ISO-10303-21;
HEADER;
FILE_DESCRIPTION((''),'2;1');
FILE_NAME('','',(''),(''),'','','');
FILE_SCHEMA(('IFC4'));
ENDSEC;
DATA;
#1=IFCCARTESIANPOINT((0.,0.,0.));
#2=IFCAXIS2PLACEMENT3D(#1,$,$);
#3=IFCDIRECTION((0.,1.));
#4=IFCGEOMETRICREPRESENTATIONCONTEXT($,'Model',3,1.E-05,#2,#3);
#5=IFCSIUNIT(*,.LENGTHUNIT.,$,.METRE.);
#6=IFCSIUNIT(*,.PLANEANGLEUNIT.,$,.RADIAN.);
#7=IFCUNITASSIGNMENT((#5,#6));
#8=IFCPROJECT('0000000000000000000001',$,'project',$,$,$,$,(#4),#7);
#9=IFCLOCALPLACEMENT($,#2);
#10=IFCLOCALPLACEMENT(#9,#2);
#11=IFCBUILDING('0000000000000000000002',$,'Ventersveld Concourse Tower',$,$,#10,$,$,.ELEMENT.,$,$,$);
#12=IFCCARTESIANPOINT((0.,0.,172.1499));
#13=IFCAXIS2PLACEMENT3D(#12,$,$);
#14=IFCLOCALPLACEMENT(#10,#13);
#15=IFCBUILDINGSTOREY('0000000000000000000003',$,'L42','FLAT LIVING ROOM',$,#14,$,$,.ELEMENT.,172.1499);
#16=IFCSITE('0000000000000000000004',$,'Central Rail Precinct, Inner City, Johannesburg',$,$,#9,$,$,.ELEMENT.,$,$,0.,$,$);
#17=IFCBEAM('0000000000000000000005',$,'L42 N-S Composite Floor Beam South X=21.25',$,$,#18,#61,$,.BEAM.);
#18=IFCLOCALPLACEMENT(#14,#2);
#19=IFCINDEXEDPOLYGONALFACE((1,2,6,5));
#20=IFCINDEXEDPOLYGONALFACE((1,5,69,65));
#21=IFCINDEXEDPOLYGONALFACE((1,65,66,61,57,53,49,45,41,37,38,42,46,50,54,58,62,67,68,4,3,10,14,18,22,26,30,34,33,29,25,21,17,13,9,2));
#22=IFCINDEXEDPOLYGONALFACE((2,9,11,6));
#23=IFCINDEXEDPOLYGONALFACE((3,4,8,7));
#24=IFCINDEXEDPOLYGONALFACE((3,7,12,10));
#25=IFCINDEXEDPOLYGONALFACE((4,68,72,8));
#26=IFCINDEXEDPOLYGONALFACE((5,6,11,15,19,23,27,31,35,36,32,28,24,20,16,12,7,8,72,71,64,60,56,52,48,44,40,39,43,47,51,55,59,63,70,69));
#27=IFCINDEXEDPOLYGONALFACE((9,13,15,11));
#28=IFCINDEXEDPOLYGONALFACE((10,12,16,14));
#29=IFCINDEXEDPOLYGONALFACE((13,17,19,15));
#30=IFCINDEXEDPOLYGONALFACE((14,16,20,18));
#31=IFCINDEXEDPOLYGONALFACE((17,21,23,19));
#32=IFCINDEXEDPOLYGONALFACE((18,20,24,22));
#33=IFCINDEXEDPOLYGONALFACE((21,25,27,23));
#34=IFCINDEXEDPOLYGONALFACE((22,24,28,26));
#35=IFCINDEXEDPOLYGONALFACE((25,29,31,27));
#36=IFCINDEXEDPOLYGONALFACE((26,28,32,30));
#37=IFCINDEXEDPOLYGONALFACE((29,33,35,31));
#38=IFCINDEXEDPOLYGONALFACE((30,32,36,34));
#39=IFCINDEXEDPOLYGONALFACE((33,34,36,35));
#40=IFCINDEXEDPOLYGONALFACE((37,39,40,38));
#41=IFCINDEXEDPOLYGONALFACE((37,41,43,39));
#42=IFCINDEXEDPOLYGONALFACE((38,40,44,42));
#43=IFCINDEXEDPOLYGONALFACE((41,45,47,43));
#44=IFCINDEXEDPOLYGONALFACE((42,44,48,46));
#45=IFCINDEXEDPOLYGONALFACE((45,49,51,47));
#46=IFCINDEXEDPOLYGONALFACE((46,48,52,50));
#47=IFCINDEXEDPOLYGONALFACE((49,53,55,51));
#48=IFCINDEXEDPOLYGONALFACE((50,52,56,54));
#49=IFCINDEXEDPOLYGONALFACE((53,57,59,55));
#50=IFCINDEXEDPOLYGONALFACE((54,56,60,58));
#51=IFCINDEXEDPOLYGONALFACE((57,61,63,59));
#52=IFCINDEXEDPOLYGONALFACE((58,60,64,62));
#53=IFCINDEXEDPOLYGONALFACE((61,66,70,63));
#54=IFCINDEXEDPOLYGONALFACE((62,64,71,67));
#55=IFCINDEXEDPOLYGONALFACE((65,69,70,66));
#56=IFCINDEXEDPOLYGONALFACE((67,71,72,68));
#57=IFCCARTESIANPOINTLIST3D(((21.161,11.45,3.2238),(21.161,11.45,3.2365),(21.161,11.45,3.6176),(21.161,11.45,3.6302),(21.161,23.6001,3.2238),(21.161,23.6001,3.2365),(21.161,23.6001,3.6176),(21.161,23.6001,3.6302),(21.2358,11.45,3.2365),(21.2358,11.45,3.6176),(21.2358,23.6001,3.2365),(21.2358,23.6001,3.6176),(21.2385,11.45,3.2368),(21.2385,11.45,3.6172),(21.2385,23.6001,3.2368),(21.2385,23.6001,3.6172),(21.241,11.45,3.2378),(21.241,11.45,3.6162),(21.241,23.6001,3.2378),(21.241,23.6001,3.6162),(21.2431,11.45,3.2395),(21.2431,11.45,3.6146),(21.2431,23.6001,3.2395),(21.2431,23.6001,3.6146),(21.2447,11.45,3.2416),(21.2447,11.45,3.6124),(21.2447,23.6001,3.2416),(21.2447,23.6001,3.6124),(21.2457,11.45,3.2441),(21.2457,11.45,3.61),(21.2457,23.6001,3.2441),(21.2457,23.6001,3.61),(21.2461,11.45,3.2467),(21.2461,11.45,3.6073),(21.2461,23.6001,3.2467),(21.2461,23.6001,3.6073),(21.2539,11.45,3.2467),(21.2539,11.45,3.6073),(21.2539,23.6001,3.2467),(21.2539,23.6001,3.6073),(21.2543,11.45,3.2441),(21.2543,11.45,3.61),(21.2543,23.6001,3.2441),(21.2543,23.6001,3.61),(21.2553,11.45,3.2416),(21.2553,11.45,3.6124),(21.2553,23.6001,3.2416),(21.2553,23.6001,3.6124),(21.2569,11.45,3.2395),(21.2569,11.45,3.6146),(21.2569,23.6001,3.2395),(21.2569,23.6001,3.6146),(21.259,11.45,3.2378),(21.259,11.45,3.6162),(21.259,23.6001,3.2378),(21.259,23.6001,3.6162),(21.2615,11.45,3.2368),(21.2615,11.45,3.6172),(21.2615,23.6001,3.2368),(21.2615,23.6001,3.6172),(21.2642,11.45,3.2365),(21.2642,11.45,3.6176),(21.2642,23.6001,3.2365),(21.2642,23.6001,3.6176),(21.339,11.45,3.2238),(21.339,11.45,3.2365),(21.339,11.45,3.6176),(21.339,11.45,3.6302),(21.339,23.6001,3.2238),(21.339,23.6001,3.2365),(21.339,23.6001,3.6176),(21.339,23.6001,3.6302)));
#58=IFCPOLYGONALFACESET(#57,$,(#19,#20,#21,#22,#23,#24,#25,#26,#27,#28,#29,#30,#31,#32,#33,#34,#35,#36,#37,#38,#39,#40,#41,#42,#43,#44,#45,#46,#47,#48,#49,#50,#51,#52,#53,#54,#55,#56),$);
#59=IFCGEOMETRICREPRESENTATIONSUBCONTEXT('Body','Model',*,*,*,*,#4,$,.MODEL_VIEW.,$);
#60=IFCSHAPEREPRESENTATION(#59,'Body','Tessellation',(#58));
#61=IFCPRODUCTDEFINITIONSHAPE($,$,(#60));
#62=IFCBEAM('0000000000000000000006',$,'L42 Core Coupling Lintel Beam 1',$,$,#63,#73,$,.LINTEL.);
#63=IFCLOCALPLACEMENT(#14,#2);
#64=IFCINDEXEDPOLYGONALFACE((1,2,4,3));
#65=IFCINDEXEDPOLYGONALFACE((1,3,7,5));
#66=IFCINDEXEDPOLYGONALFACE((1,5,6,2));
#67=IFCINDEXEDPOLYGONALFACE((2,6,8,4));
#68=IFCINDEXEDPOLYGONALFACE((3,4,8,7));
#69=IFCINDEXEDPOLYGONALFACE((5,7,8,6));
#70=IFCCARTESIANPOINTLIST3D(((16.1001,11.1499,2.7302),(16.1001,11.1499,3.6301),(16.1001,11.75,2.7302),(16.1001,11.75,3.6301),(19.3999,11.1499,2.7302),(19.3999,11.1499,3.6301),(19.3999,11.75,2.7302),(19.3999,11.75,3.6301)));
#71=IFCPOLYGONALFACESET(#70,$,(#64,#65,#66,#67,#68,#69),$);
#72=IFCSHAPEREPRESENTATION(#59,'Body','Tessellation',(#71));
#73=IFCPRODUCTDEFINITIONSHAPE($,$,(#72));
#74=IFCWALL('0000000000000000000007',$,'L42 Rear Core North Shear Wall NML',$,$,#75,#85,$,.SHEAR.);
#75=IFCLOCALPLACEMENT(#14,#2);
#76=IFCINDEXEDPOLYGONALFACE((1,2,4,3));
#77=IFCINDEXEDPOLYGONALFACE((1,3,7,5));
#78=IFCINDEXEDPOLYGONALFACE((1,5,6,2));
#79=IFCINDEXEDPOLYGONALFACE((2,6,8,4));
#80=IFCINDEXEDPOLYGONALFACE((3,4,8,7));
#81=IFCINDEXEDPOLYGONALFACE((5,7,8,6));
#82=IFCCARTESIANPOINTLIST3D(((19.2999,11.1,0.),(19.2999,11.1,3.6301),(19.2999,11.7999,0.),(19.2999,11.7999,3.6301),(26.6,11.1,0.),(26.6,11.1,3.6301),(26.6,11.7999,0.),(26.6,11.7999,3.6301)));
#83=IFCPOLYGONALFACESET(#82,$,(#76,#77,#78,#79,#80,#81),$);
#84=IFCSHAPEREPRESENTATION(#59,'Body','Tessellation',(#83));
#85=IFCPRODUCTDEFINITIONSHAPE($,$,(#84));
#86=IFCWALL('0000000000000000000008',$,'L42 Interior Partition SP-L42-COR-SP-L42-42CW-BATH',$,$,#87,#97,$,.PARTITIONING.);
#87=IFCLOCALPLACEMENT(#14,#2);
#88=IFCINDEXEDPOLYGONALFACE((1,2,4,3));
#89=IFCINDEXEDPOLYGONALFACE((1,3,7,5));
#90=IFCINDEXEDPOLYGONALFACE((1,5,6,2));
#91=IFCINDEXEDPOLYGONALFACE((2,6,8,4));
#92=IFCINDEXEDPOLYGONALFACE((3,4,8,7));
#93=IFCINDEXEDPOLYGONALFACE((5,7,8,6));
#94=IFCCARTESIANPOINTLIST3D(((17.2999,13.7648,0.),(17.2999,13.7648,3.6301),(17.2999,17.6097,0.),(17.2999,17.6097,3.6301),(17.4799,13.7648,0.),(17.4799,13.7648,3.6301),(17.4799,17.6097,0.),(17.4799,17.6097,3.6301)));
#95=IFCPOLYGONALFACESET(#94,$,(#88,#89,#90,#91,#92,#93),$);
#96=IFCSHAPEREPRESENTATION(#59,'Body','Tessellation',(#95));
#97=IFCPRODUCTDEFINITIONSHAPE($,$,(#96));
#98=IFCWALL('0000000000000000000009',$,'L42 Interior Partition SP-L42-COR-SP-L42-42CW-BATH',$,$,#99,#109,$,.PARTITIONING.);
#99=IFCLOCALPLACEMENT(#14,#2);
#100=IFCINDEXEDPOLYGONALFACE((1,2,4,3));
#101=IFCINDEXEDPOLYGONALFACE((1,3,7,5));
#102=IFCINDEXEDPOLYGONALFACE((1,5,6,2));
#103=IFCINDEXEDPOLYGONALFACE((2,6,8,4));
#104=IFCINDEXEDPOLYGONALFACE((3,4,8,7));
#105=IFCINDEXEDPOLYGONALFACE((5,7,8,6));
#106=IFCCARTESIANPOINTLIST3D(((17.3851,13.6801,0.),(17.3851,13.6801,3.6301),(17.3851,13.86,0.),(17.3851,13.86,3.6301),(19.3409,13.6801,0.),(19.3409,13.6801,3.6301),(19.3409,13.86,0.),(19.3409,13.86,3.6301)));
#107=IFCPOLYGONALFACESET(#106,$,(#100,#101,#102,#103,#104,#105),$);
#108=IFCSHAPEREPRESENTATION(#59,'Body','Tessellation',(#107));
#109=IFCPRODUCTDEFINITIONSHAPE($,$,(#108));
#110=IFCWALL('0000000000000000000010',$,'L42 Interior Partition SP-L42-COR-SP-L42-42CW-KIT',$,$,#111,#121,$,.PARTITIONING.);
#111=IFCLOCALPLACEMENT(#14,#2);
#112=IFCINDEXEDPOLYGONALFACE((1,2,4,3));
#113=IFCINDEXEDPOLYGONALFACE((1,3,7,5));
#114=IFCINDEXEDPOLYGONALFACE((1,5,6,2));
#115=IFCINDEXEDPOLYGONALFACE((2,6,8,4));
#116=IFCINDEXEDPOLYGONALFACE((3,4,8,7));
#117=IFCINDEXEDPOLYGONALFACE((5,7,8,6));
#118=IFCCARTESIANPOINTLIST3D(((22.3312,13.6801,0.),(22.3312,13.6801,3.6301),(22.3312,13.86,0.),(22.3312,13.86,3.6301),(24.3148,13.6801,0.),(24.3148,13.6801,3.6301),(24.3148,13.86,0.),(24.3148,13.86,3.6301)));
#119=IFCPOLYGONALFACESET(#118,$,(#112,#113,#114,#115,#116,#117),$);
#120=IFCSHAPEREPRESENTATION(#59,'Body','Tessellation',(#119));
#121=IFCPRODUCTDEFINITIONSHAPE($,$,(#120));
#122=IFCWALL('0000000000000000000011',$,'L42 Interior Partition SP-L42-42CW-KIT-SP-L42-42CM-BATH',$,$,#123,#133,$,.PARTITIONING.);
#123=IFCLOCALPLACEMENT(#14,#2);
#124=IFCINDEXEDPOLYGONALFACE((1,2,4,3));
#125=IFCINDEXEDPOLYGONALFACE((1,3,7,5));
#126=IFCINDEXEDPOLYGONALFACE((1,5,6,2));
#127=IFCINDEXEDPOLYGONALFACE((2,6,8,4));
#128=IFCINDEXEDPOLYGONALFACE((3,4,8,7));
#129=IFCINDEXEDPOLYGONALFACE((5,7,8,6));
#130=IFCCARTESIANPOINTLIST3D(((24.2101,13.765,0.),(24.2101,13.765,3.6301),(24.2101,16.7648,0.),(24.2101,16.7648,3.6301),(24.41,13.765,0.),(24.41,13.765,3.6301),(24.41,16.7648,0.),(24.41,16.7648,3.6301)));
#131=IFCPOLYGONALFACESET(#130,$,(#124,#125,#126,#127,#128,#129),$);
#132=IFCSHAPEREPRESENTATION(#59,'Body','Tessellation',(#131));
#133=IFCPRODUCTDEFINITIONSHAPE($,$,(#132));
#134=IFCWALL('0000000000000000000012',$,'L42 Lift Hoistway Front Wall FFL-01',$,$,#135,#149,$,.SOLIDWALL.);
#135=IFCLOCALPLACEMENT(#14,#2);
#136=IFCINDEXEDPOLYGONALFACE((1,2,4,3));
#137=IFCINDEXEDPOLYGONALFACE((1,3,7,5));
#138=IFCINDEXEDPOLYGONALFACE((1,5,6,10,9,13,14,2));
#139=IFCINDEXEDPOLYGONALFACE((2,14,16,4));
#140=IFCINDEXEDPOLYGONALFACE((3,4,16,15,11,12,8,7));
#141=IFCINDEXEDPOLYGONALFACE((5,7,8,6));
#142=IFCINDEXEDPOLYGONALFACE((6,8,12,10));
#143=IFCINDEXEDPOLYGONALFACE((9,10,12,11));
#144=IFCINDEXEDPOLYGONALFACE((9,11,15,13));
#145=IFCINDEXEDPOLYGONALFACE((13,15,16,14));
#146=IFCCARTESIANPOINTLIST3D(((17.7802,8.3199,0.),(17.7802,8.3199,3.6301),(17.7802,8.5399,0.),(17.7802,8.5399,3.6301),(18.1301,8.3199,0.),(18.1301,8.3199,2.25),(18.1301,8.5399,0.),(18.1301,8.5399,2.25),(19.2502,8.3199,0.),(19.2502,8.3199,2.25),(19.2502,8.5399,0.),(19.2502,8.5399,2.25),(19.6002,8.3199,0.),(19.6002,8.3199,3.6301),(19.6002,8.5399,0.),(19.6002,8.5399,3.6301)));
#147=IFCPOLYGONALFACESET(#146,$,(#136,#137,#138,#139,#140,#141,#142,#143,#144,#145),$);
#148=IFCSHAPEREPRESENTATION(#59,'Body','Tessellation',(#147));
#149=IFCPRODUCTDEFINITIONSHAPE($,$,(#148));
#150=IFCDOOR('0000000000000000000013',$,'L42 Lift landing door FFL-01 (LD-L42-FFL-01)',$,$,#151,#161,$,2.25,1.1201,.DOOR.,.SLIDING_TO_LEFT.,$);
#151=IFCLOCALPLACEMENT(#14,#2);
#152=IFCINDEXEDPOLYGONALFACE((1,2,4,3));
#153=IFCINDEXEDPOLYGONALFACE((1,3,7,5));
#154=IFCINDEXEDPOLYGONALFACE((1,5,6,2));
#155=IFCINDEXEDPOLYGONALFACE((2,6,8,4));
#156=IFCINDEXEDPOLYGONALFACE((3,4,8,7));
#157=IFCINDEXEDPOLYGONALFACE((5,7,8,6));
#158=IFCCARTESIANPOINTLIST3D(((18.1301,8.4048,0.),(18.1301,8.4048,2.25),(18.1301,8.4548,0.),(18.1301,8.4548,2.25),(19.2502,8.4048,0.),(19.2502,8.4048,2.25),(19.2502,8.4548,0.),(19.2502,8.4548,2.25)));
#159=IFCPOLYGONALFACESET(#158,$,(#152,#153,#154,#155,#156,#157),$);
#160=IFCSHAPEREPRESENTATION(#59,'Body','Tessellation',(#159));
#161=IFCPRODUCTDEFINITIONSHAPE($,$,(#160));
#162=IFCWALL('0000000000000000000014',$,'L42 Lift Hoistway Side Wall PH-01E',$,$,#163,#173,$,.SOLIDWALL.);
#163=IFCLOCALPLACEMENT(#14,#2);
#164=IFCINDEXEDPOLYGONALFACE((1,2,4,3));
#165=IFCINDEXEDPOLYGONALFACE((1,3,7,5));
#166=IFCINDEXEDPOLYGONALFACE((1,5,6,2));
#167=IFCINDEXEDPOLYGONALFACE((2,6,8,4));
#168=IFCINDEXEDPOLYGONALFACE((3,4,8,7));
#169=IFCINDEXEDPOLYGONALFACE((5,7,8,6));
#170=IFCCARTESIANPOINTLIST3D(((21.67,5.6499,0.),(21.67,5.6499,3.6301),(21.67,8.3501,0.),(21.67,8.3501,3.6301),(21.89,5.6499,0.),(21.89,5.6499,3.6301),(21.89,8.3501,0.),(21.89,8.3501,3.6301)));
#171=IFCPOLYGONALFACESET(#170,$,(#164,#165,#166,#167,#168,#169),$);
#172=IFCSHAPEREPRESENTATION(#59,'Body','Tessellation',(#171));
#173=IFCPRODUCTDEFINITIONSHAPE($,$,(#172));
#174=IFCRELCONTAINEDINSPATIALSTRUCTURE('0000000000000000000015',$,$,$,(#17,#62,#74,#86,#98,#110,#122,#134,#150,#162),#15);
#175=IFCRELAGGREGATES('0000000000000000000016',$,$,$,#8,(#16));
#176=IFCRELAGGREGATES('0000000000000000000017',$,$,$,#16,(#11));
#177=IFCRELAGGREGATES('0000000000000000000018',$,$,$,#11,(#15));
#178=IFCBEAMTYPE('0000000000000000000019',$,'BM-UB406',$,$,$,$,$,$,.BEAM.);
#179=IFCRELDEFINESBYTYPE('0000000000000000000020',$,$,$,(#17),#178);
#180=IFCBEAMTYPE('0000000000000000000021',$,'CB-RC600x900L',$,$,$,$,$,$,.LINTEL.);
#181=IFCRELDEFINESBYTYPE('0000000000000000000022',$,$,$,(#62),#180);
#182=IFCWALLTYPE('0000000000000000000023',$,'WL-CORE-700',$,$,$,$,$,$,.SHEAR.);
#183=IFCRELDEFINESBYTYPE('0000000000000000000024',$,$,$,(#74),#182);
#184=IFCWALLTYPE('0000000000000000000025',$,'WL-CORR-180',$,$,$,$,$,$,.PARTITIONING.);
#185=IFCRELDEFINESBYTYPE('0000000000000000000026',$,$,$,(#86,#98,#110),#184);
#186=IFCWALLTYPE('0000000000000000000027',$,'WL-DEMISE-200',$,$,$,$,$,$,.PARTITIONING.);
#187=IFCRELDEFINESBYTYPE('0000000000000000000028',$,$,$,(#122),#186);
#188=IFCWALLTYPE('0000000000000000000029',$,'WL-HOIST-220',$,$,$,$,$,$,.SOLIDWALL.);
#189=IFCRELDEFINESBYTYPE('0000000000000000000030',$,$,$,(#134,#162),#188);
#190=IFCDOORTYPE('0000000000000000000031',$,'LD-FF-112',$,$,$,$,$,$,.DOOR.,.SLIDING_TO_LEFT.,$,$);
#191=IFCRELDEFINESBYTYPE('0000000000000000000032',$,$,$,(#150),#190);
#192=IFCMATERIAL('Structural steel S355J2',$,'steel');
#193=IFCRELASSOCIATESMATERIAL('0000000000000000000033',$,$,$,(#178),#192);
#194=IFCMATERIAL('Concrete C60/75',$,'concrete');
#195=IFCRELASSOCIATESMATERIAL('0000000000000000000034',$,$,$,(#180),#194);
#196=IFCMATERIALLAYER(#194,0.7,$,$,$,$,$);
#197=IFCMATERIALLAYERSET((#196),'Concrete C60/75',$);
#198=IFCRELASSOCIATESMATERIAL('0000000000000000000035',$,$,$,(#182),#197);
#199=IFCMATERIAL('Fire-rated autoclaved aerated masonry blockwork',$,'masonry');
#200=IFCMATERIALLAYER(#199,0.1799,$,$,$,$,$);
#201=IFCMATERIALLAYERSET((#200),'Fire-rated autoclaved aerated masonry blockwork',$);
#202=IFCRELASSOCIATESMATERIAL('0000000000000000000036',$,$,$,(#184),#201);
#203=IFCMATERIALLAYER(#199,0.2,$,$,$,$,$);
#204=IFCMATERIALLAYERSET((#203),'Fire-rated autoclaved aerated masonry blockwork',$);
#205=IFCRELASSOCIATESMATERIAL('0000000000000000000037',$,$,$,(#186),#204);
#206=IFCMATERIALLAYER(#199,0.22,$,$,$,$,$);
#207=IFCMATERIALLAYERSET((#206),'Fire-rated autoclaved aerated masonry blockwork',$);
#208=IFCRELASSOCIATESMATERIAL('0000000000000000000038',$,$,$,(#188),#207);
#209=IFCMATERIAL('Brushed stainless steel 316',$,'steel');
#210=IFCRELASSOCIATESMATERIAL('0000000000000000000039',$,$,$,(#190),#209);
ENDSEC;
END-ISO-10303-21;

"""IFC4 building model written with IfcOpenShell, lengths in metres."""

from ifc_helpers import new_model, si_unit, direction, frame, frame_2d, origin, origin_2d, place, context, subcontext, project, spatial, rectangle, i_section, extrude, material, layer, layer_set, material_profile, profile_set, type_object, element, fill, save


model = new_model("IFC4")

# Units and contexts
model_context = context("Model", 3, precision=1e-05, world=origin(), true_north=direction((0.0, 1.0)))
body_context = subcontext(model_context, "Body", "Model", "MODEL_VIEW")
ifc_project = project(units=[si_unit("LENGTHUNIT", "METRE"), si_unit("PLANEANGLEUNIT", "RADIAN")], contexts=[model_context])

# Site, building, storey
site_placement = place(None, origin())
site = spatial("IfcSite", under=ifc_project, at=site_placement, Name="Central Rail Precinct, Inner City, Johannesburg", CompositionType="ELEMENT", RefElevation=0.0)
building_placement = place(site_placement, origin())
building = spatial("IfcBuilding", under=site, at=building_placement, Name="Ventersveld Concourse Tower", CompositionType="ELEMENT")
storey_placement = place(building_placement, frame((0.0, 0.0, 172.1499)))
storey = spatial("IfcBuildingStorey", under=building, at=storey_placement, Name="L42", Description="FLAT LIVING ROOM", CompositionType="ELEMENT", Elevation=172.1499)

# Beams
ifc_material_1 = material(Name="Structural steel S355J2", Category="steel")
ifc_material_profile_1 = material_profile(ifc_material_1, i_section(OverallWidth=0.178, OverallDepth=0.4065, WebThickness=0.0078, FlangeThickness=0.0127, FilletRadius=0.0103, at=origin_2d()), Name="UB 406x178x60")
ifc_profile_set_1 = profile_set([ifc_material_profile_1], Name="Structural steel S355J2")
beam_type_1 = type_object("IfcBeamType", Name="BM-UB406", PredefinedType="BEAM", material=ifc_profile_set_1)
beam_1_placement = place(storey_placement, frame((21.25, 11.45, 3.427), z_axis=(0.0, 1.0, 0.0), x_axis=(-1.0, 0.0, 0.0)))
element("IfcBeam", 1, at=beam_1_placement, inside=storey, type_object=beam_type_1, Name="L42 N-S Composite Floor Beam South X=21.25", PredefinedType="BEAM", context=body_context, shape_type="SweptSolid", body=[
    extrude(i_section(OverallWidth=0.178, OverallDepth=0.4065, WebThickness=0.0078, FlangeThickness=0.0127, FilletRadius=0.0103, at=origin_2d()), origin(), (0.0, 0.0, 1.0), 12.1501),
])
ifc_material_2 = material(Name="Concrete C60/75", Category="concrete")
ifc_material_profile_2 = material_profile(ifc_material_2, rectangle(XDim=0.6001, YDim=0.8999, at=origin_2d()), Name="RC 600x900")
ifc_profile_set_2 = profile_set([ifc_material_profile_2], Name="Concrete C60/75")
beam_type_2 = type_object("IfcBeamType", Name="CB-RC600x900L", PredefinedType="LINTEL", material=ifc_profile_set_2)
beam_2_placement = place(storey_placement, frame((16.1001, 11.45, 3.1802), z_axis=(1.0, 0.0, 0.0), x_axis=(0.0, 1.0, 0.0)))
element("IfcBeam", 2, at=beam_2_placement, inside=storey, type_object=beam_type_2, Name="L42 Core Coupling Lintel Beam 1", PredefinedType="LINTEL", context=body_context, shape_type="SweptSolid", body=[
    extrude(rectangle(XDim=0.6001, YDim=0.8999, at=origin_2d()), origin(), (0.0, 0.0, 1.0), 3.2998),
])

# Wall
ifc_layer_1 = layer(ifc_material_2, 0.7)
ifc_layer_set_1 = layer_set([ifc_layer_1], Name="Concrete C60/75")
wall_type_1 = type_object("IfcWallType", Name="WL-CORE-700", PredefinedType="SHEAR", material=ifc_layer_set_1)
wall_1_placement = place(storey_placement, frame((19.3, 11.45, 0.0), z_axis=(0.0, 0.0, 1.0), x_axis=(1.0, 0.0, 0.0)))
element("IfcWall", 3, at=wall_1_placement, inside=storey, type_object=wall_type_1, Name="L42 Rear Core North Shear Wall NML", PredefinedType="SHEAR", context=body_context, shape_type="SweptSolid", body=[
    extrude(rectangle(XDim=7.3, YDim=0.7, at=frame_2d((3.6499, 0.0))), origin(), (0.0, 0.0, 1.0), 3.6301),
])

# Shared definitions
ifc_material_3 = material(Name="Fire-rated autoclaved aerated masonry blockwork", Category="masonry")
ifc_layer_2 = layer(ifc_material_3, 0.1799)
ifc_layer_set_2 = layer_set([ifc_layer_2], Name="Fire-rated autoclaved aerated masonry blockwork")
wall_type_2 = type_object("IfcWallType", Name="WL-CORR-180", PredefinedType="PARTITIONING", material=ifc_layer_set_2)

# Walls
wall_2_placement = place(storey_placement, frame((17.3899, 13.7649, 0.0), z_axis=(0.0, 0.0, 1.0), x_axis=(0.0, 1.0, 0.0)))
element("IfcWall", 4, at=wall_2_placement, inside=storey, type_object=wall_type_2, Name="L42 Interior Partition SP-L42-COR-SP-L42-42CW-BATH", PredefinedType="PARTITIONING", context=body_context, shape_type="SweptSolid", body=[
    extrude(rectangle(XDim=3.845, YDim=0.1799, at=frame_2d((1.9224, 0.0))), origin(), (0.0, 0.0, 1.0), 3.6301),
])
wall_3_placement = place(storey_placement, frame((17.385, 13.77, 0.0), z_axis=(0.0, 0.0, 1.0), x_axis=(1.0, 0.0, 0.0)))
element("IfcWall", 5, at=wall_3_placement, inside=storey, type_object=wall_type_2, Name="L42 Interior Partition SP-L42-COR-SP-L42-42CW-BATH", PredefinedType="PARTITIONING", context=body_context, shape_type="SweptSolid", body=[
    extrude(rectangle(XDim=1.9558, YDim=0.1799, at=frame_2d((0.978, 0.0))), origin(), (0.0, 0.0, 1.0), 3.6301),
])
wall_4_placement = place(storey_placement, frame((22.3313, 13.77, 0.0), z_axis=(0.0, 0.0, 1.0), x_axis=(1.0, 0.0, 0.0)))
element("IfcWall", 6, at=wall_4_placement, inside=storey, type_object=wall_type_2, Name="L42 Interior Partition SP-L42-COR-SP-L42-42CW-KIT", PredefinedType="PARTITIONING", context=body_context, shape_type="SweptSolid", body=[
    extrude(rectangle(XDim=1.9836, YDim=0.1799, at=frame_2d((0.9917, 0.0))), origin(), (0.0, 0.0, 1.0), 3.6301),
])
ifc_layer_3 = layer(ifc_material_3, 0.2)
ifc_layer_set_3 = layer_set([ifc_layer_3], Name="Fire-rated autoclaved aerated masonry blockwork")
wall_type_3 = type_object("IfcWallType", Name="WL-DEMISE-200", PredefinedType="PARTITIONING", material=ifc_layer_set_3)
wall_5_placement = place(storey_placement, frame((24.3101, 13.7649, 0.0), z_axis=(0.0, 0.0, 1.0), x_axis=(0.0, 1.0, 0.0)))
element("IfcWall", 7, at=wall_5_placement, inside=storey, type_object=wall_type_3, Name="L42 Interior Partition SP-L42-42CW-KIT-SP-L42-42CM-BATH", PredefinedType="PARTITIONING", context=body_context, shape_type="SweptSolid", body=[
    extrude(rectangle(XDim=2.9998, YDim=0.2, at=frame_2d((1.5, 0.0))), origin(), (0.0, 0.0, 1.0), 3.6301),
])

# Wall, opening, door
ifc_layer_4 = layer(ifc_material_3, 0.22)
ifc_layer_set_4 = layer_set([ifc_layer_4], Name="Fire-rated autoclaved aerated masonry blockwork")
wall_type_4 = type_object("IfcWallType", Name="WL-HOIST-220", PredefinedType="SOLIDWALL", material=ifc_layer_set_4)
wall_6_placement = place(storey_placement, frame((17.78, 8.4299, 0.0), z_axis=(0.0, 0.0, 1.0), x_axis=(1.0, 0.0, 0.0)))
wall_6 = element("IfcWall", 8, at=wall_6_placement, inside=storey, type_object=wall_type_4, Name="L42 Lift Hoistway Front Wall FFL-01", PredefinedType="SOLIDWALL", context=body_context, shape_type="SweptSolid", body=[
    extrude(rectangle(XDim=1.8201, YDim=0.22, at=frame_2d((0.9102, 0.0))), origin(), (0.0, 0.0, 1.0), 3.6301),
])
opening_1_placement = place(wall_6_placement, frame((0.3501, 0.0, 0.0)))
opening_1 = element("IfcOpeningElement", 9, at=opening_1_placement, cuts=wall_6, PredefinedType="OPENING", context=body_context, shape_type="SweptSolid", body=[
    extrude(rectangle(XDim=1.1201, YDim=2.25, at=frame_2d((0.5601, 1.125))), frame((0.0, 0.1201, 0.0), z_axis=(0.0, -1.0, 0.0), x_axis=(1.0, 0.0, 0.0)), (0.0, 0.0, 1.0), 0.24),
])
ifc_material_4 = material(Name="Brushed stainless steel 316", Category="steel")
door_type_1 = type_object("IfcDoorType", Name="LD-FF-112", OperationType="SLIDING_TO_LEFT", PredefinedType="DOOR", material=ifc_material_4)
door_1_placement = place(opening_1_placement, origin())
door_1 = element("IfcDoor", 10, at=door_1_placement, inside=storey, type_object=door_type_1, Name="L42 Lift landing door FFL-01 (LD-L42-FFL-01)", OperationType="SLIDING_TO_LEFT", OverallHeight=2.25, OverallWidth=1.1201, PredefinedType="DOOR", context=body_context, shape_type="SweptSolid", body=[
    extrude(rectangle(XDim=1.1201, YDim=2.25, at=frame_2d((0.5601, 1.125))), frame((0.0, 0.0249, 0.0), z_axis=(0.0, -1.0, 0.0), x_axis=(1.0, 0.0, 0.0)), (0.0, 0.0, 1.0), 0.05),
])
fill(opening_1, door_1)

# Wall
wall_7_placement = place(storey_placement, frame((21.78, 5.6499, 0.0), z_axis=(0.0, 0.0, 1.0), x_axis=(0.0, 1.0, 0.0)))
element("IfcWall", 11, at=wall_7_placement, inside=storey, type_object=wall_type_4, Name="L42 Lift Hoistway Side Wall PH-01E", PredefinedType="SOLIDWALL", context=body_context, shape_type="SweptSolid", body=[
    extrude(rectangle(XDim=2.7002, YDim=0.22, at=frame_2d((1.3501, 0.0))), origin(), (0.0, 0.0, 1.0), 3.6301),
])

save(model, "model.ifc")
